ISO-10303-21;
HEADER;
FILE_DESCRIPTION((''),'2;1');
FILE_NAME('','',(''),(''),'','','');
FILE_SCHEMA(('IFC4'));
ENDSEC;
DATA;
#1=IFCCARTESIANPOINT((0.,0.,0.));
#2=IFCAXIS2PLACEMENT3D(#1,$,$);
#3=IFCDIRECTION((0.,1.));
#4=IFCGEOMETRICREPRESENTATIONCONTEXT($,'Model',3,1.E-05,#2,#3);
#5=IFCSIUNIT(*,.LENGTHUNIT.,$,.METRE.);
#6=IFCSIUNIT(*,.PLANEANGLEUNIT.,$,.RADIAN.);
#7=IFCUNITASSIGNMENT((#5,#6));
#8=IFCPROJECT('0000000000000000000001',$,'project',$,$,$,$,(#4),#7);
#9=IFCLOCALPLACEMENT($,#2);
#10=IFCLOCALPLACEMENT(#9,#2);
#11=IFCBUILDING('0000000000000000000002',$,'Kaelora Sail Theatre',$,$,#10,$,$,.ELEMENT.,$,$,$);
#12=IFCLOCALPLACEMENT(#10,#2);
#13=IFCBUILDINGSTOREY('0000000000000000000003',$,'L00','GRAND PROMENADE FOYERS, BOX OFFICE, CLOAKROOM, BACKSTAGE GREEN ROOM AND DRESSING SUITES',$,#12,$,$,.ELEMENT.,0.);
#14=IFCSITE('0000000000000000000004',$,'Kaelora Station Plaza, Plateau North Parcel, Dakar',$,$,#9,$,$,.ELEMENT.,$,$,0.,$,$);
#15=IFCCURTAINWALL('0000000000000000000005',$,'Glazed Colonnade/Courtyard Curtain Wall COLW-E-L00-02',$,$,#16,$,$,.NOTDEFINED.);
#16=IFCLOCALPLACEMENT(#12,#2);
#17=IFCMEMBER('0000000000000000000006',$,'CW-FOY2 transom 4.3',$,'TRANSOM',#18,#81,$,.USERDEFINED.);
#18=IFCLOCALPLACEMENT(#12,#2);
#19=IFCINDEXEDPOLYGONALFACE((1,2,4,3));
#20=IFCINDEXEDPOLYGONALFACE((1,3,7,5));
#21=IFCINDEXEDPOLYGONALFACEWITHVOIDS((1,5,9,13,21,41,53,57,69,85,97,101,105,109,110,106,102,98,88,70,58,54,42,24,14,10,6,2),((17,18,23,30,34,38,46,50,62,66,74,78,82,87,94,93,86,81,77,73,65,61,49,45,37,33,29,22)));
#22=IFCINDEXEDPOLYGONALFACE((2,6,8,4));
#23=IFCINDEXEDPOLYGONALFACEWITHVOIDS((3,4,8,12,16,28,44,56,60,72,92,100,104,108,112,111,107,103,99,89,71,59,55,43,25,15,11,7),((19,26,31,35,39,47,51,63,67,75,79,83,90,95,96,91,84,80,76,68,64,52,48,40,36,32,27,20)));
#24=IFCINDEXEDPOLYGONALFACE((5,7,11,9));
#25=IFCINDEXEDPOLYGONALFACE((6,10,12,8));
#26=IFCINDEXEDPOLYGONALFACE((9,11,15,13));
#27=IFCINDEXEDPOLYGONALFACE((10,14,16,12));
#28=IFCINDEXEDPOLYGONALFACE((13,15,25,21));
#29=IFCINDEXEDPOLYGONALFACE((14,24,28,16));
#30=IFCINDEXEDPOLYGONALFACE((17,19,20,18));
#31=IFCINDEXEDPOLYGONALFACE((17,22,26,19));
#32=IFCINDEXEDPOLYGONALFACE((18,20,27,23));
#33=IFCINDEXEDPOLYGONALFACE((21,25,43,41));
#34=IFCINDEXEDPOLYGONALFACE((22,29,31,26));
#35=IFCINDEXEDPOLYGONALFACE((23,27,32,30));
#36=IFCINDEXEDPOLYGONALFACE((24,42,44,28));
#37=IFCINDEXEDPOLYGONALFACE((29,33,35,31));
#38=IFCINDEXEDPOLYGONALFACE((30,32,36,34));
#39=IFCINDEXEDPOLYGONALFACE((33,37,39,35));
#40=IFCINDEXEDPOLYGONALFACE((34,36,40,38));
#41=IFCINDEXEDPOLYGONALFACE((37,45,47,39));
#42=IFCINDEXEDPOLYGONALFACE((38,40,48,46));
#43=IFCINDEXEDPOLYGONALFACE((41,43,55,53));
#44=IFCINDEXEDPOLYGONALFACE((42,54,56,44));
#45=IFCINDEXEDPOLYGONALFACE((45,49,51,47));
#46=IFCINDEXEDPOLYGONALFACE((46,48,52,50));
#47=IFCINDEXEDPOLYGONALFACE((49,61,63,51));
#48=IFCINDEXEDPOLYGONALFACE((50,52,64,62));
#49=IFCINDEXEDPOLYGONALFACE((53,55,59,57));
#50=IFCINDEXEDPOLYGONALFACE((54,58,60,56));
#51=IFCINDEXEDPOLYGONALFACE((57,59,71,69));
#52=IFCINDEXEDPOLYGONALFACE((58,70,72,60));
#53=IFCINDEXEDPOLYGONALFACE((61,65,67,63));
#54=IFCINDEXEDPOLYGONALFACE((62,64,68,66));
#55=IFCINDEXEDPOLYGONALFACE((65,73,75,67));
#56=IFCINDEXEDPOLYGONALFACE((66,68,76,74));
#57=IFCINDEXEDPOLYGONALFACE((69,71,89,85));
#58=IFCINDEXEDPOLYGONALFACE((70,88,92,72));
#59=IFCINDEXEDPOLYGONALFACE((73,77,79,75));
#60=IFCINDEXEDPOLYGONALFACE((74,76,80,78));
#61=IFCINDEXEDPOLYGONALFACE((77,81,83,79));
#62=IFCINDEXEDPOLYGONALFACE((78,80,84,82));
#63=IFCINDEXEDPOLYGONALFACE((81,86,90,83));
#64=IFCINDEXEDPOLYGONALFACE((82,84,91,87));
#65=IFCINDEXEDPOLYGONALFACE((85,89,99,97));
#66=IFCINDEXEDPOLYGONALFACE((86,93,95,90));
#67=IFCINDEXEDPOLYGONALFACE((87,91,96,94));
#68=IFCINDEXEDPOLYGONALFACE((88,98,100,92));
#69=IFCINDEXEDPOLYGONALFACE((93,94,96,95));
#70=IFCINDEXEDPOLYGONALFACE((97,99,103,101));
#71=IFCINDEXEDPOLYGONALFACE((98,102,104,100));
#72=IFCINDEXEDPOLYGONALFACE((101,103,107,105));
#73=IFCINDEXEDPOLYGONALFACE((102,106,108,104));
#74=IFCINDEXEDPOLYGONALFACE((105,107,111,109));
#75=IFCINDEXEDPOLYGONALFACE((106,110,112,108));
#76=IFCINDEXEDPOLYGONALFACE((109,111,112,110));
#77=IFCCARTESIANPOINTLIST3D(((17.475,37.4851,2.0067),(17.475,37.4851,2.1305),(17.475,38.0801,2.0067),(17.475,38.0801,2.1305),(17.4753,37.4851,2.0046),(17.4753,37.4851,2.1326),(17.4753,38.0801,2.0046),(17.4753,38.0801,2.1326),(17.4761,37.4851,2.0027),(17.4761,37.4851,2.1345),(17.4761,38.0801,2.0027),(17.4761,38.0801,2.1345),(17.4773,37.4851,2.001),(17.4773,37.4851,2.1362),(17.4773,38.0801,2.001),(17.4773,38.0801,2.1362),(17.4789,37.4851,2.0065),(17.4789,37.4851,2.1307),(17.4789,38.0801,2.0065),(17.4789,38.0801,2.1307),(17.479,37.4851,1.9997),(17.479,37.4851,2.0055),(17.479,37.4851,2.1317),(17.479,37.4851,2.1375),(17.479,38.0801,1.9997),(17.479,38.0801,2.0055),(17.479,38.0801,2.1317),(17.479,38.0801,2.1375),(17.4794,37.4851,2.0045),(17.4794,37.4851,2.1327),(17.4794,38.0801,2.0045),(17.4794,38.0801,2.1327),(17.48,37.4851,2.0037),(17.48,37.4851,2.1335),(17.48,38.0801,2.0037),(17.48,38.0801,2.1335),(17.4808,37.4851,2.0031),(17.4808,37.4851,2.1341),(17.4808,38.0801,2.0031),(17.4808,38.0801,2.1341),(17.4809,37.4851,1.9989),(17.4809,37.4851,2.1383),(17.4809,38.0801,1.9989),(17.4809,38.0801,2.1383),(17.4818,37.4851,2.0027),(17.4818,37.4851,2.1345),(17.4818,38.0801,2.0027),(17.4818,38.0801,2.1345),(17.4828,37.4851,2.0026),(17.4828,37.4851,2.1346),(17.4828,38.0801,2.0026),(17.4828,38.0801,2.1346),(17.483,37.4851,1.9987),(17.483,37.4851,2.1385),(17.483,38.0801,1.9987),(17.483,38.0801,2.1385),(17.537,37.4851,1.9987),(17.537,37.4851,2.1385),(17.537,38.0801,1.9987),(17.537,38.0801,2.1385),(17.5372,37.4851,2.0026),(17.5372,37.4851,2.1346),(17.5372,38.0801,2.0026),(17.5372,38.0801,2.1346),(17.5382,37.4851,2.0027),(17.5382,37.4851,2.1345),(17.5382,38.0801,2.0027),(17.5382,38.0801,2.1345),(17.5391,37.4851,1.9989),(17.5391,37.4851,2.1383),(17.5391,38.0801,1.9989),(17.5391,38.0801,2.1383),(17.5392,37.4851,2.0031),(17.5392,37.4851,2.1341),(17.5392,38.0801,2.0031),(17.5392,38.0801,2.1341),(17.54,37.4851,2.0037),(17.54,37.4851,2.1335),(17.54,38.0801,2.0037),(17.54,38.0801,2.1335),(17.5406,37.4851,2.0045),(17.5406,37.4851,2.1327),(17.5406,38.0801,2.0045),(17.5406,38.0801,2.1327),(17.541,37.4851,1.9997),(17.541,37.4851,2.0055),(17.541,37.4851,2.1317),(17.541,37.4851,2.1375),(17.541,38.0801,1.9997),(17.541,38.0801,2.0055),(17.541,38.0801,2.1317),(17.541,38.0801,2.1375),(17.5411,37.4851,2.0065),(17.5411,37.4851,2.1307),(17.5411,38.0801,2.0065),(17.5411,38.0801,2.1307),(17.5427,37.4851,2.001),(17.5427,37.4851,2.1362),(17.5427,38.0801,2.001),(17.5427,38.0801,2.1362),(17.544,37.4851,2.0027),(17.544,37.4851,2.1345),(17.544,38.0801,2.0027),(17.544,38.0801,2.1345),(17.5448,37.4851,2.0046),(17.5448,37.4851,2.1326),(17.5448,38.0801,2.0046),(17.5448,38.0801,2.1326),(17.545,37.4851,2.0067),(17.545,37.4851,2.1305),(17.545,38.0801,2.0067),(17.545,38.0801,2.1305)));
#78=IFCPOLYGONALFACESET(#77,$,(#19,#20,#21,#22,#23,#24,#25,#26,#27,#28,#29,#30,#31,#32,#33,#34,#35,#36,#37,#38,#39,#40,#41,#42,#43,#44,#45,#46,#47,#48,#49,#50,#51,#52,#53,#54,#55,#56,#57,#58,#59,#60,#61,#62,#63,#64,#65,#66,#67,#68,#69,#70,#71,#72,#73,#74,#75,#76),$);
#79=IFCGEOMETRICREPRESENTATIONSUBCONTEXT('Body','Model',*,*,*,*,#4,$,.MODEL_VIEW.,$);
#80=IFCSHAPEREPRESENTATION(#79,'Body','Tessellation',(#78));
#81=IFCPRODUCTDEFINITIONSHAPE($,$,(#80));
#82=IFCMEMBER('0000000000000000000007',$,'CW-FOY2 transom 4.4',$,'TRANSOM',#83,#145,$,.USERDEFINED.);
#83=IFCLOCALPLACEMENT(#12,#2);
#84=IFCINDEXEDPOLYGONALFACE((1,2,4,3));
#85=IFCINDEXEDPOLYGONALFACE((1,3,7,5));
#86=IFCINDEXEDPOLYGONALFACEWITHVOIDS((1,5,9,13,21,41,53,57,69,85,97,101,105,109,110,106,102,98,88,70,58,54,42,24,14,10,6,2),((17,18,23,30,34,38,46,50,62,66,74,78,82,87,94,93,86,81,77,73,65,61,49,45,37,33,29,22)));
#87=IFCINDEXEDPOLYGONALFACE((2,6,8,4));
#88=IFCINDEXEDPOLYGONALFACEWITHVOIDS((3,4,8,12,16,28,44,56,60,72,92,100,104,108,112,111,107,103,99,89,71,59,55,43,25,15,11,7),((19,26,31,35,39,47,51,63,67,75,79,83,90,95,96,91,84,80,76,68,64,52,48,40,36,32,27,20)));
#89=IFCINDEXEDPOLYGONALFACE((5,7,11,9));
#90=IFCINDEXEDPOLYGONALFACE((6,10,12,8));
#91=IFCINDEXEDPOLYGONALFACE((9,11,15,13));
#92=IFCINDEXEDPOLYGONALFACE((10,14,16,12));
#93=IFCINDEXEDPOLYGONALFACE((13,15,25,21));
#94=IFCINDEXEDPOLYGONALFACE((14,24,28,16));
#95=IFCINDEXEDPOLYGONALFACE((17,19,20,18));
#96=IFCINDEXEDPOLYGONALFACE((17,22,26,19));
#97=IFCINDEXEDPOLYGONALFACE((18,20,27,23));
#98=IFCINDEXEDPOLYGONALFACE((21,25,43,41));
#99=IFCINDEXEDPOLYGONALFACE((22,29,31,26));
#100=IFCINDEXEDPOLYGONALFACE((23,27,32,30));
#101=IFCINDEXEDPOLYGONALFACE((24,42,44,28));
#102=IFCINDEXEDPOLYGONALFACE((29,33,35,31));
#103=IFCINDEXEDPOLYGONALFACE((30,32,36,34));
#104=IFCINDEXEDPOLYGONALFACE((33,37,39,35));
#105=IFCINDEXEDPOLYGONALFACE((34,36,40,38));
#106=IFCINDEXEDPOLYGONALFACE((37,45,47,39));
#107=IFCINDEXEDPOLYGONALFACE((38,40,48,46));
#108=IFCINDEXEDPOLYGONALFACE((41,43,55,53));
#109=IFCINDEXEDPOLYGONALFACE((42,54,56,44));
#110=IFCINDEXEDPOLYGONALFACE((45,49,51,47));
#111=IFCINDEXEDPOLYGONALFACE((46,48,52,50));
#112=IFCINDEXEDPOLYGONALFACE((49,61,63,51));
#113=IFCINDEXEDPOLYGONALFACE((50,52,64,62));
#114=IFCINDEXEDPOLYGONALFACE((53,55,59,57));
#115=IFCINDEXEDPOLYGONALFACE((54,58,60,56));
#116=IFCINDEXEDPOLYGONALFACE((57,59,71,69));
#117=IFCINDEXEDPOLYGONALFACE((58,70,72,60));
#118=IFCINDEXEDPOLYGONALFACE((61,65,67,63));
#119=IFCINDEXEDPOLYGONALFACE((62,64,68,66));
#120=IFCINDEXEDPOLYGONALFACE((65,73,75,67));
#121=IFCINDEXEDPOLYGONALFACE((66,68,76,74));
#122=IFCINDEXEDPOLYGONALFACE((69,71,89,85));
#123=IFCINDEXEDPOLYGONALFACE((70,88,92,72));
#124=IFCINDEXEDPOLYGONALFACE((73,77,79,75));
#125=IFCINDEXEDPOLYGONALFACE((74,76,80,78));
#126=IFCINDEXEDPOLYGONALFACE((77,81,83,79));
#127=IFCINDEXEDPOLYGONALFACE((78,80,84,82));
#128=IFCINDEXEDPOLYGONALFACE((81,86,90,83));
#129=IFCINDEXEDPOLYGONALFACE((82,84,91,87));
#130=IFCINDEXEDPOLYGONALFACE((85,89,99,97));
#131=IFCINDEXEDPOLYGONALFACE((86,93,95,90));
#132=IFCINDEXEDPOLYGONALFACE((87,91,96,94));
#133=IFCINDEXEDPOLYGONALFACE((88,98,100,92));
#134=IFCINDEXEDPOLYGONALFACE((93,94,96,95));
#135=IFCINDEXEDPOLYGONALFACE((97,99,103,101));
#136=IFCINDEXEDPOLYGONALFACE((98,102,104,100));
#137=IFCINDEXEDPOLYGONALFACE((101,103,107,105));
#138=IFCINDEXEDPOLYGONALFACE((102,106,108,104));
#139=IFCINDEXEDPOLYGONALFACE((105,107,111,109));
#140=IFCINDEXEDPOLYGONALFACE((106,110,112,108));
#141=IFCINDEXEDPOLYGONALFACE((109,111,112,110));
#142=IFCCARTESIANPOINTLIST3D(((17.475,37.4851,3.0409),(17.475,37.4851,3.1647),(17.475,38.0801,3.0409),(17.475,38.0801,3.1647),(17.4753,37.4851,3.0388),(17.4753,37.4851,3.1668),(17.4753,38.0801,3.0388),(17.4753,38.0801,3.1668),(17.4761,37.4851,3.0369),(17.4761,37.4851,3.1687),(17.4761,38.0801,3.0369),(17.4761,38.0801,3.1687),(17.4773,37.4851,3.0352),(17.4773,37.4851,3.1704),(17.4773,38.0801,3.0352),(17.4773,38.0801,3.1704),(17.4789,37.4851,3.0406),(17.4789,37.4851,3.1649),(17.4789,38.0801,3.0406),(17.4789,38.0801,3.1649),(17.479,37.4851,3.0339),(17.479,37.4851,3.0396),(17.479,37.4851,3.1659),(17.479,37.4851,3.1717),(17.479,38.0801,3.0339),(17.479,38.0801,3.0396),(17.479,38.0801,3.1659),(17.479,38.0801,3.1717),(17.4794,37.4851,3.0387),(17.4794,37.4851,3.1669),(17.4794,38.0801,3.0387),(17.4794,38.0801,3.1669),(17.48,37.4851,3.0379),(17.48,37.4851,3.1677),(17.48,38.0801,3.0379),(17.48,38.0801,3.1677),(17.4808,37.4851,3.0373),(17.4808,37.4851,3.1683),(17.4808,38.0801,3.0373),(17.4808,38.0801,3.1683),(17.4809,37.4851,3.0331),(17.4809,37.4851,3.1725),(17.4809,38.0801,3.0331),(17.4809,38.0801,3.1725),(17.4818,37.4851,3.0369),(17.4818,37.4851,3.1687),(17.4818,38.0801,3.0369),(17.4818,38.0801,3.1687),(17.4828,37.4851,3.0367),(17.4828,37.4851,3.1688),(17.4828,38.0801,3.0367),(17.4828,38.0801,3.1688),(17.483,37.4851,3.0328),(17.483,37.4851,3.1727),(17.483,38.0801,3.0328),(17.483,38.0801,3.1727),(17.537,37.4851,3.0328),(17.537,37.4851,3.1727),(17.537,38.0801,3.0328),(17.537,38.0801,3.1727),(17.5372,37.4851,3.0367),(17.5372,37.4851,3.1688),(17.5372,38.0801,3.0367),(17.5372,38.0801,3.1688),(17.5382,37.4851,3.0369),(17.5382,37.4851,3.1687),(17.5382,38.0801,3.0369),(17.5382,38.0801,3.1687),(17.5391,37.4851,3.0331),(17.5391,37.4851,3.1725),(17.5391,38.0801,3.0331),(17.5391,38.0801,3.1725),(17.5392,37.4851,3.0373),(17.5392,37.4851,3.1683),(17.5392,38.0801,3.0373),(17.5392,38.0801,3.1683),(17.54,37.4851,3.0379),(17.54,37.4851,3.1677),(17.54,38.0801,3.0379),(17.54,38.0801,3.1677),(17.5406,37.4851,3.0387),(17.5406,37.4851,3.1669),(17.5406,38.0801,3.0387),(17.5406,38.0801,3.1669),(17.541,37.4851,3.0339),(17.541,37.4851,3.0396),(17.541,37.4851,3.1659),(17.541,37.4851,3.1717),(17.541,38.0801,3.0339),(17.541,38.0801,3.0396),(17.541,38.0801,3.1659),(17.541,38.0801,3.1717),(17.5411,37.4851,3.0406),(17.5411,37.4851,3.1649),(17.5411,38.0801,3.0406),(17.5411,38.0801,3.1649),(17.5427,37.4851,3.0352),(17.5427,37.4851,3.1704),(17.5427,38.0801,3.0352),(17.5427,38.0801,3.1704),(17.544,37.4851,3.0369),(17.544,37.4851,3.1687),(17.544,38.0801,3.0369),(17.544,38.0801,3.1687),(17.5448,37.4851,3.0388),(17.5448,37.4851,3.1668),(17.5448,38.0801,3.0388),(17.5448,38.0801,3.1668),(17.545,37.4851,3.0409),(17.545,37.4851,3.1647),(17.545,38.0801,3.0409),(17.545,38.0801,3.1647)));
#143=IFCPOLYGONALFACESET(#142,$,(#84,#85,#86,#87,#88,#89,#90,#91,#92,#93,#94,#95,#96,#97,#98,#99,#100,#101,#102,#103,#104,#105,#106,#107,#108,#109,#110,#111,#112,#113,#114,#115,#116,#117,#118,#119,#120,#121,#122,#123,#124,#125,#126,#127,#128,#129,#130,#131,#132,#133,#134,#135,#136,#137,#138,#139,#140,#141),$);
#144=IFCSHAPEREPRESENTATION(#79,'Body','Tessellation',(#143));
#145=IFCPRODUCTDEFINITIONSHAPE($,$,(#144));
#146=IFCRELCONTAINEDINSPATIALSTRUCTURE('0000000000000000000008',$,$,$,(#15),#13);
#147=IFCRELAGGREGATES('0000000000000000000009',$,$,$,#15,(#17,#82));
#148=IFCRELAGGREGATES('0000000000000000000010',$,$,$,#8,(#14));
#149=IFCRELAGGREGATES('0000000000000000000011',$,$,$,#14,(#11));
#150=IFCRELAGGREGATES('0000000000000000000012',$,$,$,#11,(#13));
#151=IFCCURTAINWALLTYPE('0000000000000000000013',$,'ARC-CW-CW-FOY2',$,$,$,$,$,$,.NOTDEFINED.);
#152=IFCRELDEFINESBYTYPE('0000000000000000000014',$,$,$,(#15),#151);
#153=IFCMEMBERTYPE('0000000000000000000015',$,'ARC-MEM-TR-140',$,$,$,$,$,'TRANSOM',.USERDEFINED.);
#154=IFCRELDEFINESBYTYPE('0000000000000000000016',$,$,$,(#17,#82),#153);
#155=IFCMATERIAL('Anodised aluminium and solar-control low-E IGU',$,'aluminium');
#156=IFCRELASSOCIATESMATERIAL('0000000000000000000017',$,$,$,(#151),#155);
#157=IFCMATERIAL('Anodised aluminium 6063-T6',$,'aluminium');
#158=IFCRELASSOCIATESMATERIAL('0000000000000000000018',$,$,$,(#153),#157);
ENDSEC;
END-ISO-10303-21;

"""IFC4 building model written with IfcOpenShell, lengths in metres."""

from ifc_helpers import new_model, si_unit, direction, frame, origin, origin_2d, place, context, subcontext, project, spatial, hollow_rectangle, extrude, material, material_profile, profile_set, type_object, element, aggregate, save


model = new_model("IFC4")

# Units and contexts
model_context = context("Model", 3, precision=1e-05, world=origin(), true_north=direction((0.0, 1.0)))
body_context = subcontext(model_context, "Body", "Model", "MODEL_VIEW")
ifc_project = project(units=[si_unit("LENGTHUNIT", "METRE"), si_unit("PLANEANGLEUNIT", "RADIAN")], contexts=[model_context])

# Site, building, storey
site_placement = place(None, origin())
site = spatial("IfcSite", under=ifc_project, at=site_placement, Name="Kaelora Station Plaza, Plateau North Parcel, Dakar", CompositionType="ELEMENT", RefElevation=0.0)
building_placement = place(site_placement, origin())
building = spatial("IfcBuilding", under=site, at=building_placement, Name="Kaelora Sail Theatre", CompositionType="ELEMENT")
storey_placement = place(building_placement, origin())
storey = spatial("IfcBuildingStorey", under=building, at=storey_placement, Name="L00", Description="GRAND PROMENADE FOYERS, BOX OFFICE, CLOAKROOM, BACKSTAGE GREEN ROOM AND DRESSING SUITES", CompositionType="ELEMENT", Elevation=0.0)

# Curtain wall
ifc_material_1 = material(Name="Anodised aluminium and solar-control low-E IGU", Category="aluminium")
curtain_wall_type = type_object("IfcCurtainWallType", Name="ARC-CW-CW-FOY2", PredefinedType="NOTDEFINED", material=ifc_material_1)
curtain_wall_1_placement = place(storey_placement, origin())
curtain_wall_1 = element("IfcCurtainWall", 1, at=curtain_wall_1_placement, inside=storey, type_object=curtain_wall_type, Name="Glazed Colonnade/Courtyard Curtain Wall COLW-E-L00-02", PredefinedType="NOTDEFINED")

# Members
ifc_material_2 = material(Name="Anodised aluminium 6063-T6", Category="aluminium")
ifc_material_profile_1 = material_profile(ifc_material_2, hollow_rectangle(XDim=0.0701, YDim=0.1399, WallThickness=0.0039, InnerFilletRadius=0.0039, OuterFilletRadius=0.0081, at=origin_2d()), Name="ALU-TRAN 70x140x4")
ifc_profile_set_1 = profile_set([ifc_material_profile_1], Name="Anodised aluminium 6063-T6")
member_type_1 = type_object("IfcMemberType", Name="ARC-MEM-TR-140", ElementType="TRANSOM", PredefinedType="USERDEFINED", material=ifc_profile_set_1)
member_1_placement = place(storey_placement, frame((17.51, 37.4851, 2.0686), z_axis=(0.0, 1.0, 0.0), x_axis=(-1.0, 0.0, 0.0)))
member_1 = element("IfcMember", 2, at=member_1_placement, type_object=member_type_1, Name="CW-FOY2 transom 4.3", ObjectType="TRANSOM", PredefinedType="USERDEFINED", context=body_context, shape_type="SweptSolid", body=[
    extrude(hollow_rectangle(XDim=0.0701, YDim=0.1399, WallThickness=0.0039, InnerFilletRadius=0.0039, OuterFilletRadius=0.0081, at=origin_2d()), origin(), (0.0, 0.0, 1.0), 0.595),
])
member_2_placement = place(storey_placement, frame((17.51, 37.4851, 3.1028), z_axis=(0.0, 1.0, 0.0), x_axis=(-1.0, 0.0, 0.0)))
member_2 = element("IfcMember", 3, at=member_2_placement, type_object=member_type_1, Name="CW-FOY2 transom 4.4", ObjectType="TRANSOM", PredefinedType="USERDEFINED", context=body_context, shape_type="SweptSolid", body=[
    extrude(hollow_rectangle(XDim=0.0701, YDim=0.1399, WallThickness=0.0039, InnerFilletRadius=0.0039, OuterFilletRadius=0.0081, at=origin_2d()), origin(), (0.0, 0.0, 1.0), 0.595),
])

aggregate(curtain_wall_1, [member_1, member_2])

save(model, "model.ifc")
